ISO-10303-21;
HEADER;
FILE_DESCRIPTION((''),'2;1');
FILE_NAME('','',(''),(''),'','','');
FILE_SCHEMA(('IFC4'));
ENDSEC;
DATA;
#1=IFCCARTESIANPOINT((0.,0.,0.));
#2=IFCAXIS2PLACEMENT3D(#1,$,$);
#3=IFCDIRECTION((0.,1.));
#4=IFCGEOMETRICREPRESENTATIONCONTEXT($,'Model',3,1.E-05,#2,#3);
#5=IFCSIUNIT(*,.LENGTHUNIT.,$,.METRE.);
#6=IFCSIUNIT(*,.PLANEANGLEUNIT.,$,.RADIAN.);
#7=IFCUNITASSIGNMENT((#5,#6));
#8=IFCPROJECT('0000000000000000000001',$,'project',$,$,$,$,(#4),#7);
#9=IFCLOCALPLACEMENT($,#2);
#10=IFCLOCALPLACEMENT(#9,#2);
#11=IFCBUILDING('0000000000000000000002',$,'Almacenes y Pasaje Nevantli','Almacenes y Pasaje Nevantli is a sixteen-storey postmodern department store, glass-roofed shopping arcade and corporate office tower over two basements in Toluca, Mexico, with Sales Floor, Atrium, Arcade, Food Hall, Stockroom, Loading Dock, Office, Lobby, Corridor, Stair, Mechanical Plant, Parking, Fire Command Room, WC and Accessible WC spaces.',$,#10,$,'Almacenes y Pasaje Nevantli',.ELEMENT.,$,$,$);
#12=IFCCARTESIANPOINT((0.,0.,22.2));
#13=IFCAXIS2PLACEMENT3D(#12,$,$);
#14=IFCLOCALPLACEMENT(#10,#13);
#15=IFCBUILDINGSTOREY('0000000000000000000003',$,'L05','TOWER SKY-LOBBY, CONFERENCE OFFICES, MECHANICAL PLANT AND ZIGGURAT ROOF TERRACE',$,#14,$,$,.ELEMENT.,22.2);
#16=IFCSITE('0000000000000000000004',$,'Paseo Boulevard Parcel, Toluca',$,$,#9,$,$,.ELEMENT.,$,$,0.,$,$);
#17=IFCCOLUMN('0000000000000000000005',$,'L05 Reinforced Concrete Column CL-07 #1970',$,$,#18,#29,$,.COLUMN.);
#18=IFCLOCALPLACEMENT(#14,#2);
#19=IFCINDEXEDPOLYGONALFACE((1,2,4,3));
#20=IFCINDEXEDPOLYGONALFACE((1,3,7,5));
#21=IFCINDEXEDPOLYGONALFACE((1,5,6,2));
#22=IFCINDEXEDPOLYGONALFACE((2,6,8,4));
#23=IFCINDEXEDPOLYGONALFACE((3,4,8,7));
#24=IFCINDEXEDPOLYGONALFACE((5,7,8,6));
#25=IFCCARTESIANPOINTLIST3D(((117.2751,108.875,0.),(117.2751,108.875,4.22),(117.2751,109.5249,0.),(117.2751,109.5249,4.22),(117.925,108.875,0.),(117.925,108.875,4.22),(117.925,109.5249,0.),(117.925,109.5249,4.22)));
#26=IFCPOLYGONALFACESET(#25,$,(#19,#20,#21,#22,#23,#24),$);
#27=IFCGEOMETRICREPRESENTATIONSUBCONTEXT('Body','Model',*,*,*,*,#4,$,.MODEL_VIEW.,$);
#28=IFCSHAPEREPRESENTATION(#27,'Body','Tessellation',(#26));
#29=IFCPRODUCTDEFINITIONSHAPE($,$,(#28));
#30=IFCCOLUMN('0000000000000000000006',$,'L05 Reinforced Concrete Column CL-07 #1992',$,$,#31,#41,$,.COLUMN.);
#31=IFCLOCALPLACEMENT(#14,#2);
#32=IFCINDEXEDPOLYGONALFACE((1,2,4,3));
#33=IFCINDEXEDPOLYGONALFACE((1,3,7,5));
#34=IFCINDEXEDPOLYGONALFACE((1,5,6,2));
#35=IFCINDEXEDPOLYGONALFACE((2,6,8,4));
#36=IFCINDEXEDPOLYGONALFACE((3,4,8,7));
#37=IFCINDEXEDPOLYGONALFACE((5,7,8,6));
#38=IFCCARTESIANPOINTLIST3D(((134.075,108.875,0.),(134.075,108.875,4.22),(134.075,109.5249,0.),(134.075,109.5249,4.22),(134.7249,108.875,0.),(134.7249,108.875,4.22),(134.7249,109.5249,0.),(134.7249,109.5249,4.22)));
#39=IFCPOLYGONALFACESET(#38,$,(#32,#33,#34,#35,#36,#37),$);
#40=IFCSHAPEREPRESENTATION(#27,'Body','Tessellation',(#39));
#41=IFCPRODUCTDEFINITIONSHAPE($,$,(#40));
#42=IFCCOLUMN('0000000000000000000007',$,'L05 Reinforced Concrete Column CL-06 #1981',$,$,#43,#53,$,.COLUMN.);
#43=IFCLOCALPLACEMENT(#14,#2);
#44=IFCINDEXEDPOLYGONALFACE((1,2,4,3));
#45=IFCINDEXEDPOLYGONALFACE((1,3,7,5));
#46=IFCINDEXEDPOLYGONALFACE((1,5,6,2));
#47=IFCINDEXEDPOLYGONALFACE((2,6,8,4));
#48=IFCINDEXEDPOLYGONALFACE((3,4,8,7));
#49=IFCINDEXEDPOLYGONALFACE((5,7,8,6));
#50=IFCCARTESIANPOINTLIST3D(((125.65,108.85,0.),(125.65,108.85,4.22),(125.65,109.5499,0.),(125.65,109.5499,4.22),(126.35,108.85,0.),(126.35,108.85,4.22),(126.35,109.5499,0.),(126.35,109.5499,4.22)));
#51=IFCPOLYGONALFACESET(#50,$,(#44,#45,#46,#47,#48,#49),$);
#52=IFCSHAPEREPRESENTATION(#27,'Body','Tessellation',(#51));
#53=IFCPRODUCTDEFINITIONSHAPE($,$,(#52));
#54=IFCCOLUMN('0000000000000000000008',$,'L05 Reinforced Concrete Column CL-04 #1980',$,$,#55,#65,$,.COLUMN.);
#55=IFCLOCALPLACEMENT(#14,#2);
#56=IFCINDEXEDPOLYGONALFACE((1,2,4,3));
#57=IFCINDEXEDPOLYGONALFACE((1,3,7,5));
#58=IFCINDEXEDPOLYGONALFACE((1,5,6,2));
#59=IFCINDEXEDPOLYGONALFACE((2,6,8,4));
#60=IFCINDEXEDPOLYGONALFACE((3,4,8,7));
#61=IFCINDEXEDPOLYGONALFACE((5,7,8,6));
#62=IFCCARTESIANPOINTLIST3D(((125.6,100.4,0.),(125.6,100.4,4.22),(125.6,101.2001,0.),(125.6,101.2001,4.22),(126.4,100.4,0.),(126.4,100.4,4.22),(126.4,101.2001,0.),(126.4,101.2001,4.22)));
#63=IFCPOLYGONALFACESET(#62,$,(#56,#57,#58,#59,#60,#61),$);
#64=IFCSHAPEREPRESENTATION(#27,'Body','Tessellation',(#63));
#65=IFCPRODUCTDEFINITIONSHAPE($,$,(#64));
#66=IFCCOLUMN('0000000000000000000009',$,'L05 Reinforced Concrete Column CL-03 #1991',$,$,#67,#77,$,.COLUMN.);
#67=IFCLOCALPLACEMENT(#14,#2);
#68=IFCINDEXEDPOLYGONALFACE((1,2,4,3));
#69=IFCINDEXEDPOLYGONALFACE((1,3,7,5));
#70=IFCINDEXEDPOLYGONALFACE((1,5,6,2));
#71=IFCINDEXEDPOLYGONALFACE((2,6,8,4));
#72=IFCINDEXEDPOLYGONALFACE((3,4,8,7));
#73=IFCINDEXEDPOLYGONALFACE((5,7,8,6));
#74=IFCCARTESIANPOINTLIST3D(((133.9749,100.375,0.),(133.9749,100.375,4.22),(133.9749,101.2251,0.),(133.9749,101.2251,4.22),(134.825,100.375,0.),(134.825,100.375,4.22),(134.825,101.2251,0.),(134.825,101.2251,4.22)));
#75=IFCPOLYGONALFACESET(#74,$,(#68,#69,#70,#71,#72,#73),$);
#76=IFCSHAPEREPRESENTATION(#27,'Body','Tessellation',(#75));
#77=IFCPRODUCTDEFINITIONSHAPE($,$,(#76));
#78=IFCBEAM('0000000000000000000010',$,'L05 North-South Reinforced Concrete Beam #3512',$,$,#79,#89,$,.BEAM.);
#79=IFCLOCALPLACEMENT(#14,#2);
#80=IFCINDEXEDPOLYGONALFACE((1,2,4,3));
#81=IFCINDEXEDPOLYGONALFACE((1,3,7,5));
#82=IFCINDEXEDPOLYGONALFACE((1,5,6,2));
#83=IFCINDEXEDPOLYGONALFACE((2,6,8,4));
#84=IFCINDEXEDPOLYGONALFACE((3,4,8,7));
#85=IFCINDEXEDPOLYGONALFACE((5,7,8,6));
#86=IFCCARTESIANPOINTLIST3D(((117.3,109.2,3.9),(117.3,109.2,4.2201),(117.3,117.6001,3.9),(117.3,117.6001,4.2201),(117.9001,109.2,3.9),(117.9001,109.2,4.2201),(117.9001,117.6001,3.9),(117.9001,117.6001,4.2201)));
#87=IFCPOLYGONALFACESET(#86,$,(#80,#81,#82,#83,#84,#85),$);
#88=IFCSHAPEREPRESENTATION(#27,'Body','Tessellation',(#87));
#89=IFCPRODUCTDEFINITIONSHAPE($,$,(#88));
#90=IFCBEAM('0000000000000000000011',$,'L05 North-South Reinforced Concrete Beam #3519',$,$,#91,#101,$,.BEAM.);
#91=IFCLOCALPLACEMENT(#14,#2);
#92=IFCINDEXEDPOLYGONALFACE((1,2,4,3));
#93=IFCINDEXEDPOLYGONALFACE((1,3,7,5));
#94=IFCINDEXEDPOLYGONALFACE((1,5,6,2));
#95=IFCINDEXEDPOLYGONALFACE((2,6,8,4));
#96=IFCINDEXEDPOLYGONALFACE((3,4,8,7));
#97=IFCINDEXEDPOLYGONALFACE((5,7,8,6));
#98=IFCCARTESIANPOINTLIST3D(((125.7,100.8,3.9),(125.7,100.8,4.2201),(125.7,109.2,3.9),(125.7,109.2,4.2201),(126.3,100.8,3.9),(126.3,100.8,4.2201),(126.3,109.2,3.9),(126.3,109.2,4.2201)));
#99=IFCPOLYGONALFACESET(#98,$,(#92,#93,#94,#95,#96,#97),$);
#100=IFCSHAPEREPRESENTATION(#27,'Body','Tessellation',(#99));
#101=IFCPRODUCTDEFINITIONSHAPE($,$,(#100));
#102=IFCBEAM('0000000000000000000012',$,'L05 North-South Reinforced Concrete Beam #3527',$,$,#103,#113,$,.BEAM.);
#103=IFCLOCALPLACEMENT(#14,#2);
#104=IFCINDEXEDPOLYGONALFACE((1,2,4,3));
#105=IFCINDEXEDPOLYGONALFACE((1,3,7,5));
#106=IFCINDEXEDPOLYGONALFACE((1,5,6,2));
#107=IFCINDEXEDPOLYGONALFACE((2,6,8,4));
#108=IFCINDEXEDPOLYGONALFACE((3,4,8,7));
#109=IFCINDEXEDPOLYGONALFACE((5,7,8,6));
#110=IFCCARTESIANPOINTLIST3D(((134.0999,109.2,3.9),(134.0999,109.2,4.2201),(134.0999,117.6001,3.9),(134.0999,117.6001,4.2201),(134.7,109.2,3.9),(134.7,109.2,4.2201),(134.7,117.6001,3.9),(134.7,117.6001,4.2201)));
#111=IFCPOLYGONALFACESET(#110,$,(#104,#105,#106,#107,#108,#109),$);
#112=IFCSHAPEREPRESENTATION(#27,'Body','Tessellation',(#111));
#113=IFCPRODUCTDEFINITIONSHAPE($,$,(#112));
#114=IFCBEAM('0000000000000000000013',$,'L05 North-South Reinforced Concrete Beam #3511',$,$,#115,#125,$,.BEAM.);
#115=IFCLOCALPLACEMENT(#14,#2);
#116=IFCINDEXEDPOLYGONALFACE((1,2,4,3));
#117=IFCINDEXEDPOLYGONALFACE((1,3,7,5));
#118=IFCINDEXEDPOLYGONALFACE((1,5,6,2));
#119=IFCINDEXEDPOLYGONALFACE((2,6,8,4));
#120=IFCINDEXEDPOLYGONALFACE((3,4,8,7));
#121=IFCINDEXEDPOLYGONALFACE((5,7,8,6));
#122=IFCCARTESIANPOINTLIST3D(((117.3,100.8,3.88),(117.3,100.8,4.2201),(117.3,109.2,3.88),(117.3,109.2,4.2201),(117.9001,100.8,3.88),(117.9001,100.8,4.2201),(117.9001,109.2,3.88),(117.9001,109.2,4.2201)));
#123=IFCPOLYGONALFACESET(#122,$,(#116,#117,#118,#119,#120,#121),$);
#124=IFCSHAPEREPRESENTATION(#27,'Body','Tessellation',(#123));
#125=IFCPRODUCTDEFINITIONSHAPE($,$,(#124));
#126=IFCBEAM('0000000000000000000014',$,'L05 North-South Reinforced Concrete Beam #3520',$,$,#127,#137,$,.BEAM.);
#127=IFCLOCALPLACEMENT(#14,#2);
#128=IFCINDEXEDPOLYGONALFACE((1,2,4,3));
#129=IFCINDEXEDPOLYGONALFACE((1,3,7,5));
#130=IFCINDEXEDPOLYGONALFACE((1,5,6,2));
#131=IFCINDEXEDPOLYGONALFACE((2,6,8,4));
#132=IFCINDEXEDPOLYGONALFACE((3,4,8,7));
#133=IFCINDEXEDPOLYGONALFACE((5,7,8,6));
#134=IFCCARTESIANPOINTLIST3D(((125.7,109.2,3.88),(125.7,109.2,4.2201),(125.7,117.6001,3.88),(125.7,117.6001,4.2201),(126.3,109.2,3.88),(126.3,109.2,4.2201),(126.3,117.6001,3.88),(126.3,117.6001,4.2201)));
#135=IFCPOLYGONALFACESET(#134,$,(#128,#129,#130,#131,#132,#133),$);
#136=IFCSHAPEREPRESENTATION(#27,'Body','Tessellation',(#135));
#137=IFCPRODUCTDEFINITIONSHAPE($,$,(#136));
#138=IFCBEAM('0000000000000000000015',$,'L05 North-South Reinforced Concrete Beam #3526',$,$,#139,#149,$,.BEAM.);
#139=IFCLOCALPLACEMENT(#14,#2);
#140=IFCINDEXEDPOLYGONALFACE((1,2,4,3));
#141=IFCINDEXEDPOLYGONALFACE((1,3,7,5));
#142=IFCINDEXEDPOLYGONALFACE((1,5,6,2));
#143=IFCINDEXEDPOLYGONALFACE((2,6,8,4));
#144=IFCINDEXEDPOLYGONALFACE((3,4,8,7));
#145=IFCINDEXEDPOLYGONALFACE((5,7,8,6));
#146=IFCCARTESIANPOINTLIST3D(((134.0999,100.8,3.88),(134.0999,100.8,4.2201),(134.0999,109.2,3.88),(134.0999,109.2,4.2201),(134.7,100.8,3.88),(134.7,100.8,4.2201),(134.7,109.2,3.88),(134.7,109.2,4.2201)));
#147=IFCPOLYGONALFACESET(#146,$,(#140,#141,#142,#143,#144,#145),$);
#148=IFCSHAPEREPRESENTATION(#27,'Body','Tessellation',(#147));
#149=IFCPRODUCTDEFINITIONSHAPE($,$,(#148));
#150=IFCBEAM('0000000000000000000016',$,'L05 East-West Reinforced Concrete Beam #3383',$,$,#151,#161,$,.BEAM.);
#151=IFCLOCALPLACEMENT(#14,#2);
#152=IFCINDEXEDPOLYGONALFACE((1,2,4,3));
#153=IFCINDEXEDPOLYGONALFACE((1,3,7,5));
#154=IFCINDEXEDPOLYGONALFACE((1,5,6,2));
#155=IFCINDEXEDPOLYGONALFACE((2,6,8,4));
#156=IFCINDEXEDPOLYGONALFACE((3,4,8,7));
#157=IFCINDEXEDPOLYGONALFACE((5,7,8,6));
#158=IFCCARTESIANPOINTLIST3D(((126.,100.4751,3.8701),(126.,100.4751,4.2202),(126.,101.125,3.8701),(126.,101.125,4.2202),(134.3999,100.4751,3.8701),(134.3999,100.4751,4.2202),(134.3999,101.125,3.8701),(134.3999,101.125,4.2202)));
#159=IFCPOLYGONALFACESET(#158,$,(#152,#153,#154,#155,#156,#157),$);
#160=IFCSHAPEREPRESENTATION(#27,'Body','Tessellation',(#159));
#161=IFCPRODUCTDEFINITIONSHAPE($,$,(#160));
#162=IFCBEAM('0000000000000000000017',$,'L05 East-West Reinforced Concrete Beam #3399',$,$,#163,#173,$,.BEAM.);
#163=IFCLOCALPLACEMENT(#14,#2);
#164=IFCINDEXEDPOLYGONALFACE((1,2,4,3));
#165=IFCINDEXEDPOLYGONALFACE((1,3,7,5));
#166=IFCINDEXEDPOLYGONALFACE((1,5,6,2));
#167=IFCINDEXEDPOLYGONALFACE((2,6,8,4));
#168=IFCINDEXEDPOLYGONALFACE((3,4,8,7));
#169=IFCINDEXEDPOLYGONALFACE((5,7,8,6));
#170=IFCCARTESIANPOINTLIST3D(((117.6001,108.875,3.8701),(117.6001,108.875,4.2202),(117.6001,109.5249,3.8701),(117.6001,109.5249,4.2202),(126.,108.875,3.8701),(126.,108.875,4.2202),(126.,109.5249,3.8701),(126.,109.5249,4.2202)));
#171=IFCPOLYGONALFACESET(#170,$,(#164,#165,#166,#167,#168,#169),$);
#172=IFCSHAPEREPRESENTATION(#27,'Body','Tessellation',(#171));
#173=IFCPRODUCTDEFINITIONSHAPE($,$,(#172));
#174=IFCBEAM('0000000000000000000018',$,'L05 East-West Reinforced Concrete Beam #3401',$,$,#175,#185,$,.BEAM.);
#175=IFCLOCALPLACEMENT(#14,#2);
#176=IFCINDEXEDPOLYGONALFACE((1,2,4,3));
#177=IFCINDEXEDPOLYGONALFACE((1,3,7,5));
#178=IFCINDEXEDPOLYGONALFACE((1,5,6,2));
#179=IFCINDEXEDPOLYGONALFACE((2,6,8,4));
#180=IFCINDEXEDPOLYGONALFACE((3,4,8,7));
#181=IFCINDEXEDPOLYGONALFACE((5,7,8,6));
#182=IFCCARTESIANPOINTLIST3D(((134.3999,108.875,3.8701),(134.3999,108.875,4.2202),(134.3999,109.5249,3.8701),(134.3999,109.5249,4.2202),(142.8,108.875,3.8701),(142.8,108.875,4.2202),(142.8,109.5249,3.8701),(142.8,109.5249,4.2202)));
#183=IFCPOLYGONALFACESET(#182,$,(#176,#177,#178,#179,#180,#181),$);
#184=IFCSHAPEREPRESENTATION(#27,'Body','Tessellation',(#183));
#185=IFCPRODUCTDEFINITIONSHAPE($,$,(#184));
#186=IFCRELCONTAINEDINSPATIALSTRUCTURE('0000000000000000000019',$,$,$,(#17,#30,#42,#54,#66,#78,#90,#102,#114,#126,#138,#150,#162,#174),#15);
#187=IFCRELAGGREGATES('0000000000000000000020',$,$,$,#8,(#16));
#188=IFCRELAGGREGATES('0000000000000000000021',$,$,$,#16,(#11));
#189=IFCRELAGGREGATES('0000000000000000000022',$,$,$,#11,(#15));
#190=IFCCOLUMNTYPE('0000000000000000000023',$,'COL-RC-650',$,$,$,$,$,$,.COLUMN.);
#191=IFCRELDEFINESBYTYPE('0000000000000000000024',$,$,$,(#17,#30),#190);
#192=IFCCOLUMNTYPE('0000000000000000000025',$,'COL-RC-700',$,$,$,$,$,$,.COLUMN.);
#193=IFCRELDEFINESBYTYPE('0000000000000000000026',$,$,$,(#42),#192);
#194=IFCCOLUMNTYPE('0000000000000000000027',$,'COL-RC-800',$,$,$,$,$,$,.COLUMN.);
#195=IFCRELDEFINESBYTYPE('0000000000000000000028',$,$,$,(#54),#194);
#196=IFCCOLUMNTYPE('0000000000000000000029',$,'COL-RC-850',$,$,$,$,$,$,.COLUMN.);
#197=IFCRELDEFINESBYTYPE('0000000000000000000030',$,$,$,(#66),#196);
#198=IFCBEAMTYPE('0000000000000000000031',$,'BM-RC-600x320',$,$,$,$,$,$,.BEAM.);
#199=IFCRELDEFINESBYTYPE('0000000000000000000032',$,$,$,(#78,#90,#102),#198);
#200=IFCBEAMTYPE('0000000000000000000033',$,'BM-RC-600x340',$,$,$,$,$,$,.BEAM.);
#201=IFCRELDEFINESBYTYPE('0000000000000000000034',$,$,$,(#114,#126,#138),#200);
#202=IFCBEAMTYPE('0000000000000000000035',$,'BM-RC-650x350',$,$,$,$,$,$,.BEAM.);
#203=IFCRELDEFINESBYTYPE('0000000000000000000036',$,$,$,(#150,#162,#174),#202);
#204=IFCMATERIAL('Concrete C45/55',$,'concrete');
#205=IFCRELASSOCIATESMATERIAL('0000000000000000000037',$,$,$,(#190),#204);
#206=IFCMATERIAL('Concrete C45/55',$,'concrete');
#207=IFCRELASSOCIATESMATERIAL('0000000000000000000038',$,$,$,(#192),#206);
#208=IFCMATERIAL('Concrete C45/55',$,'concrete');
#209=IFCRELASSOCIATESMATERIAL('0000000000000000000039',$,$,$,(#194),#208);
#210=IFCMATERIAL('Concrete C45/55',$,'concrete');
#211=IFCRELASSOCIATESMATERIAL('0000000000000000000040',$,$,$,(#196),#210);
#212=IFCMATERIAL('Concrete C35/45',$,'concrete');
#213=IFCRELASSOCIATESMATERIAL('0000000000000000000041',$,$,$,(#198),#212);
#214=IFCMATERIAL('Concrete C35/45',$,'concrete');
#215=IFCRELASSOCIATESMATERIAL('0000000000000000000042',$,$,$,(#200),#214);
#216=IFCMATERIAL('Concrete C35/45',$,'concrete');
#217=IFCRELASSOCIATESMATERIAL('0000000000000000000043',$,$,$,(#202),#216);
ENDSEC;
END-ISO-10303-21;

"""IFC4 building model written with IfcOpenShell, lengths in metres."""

from ifc_helpers import new_model, si_unit, direction, frame, origin, origin_2d, place, context, subcontext, project, spatial, rectangle, extrude, material, material_profile, profile_set, type_object, element, save


model = new_model("IFC4")

# Units and contexts
model_context = context("Model", 3, precision=1e-05, world=origin(), true_north=direction((0.0, 1.0)))
body_context = subcontext(model_context, "Body", "Model", "MODEL_VIEW")
ifc_project = project(units=[si_unit("LENGTHUNIT", "METRE"), si_unit("PLANEANGLEUNIT", "RADIAN")], contexts=[model_context])

# Site, building, storey
site_placement = place(None, origin())
site = spatial("IfcSite", under=ifc_project, at=site_placement, Name="Paseo Boulevard Parcel, Toluca", CompositionType="ELEMENT", RefElevation=0.0)
building_placement = place(site_placement, origin())
building = spatial("IfcBuilding", under=site, at=building_placement, Name="Almacenes y Pasaje Nevantli", Description="Almacenes y Pasaje Nevantli is a sixteen-storey postmodern department store, glass-roofed shopping arcade and corporate office tower over two basements in Toluca, Mexico, with Sales Floor, Atrium, Arcade, Food Hall, Stockroom, Loading Dock, Office, Lobby, Corridor, Stair, Mechanical Plant, Parking, Fire Command Room, WC and Accessible WC spaces.", LongName="Almacenes y Pasaje Nevantli", CompositionType="ELEMENT")
storey_placement = place(building_placement, frame((0.0, 0.0, 22.2)))
storey = spatial("IfcBuildingStorey", under=building, at=storey_placement, Name="L05", Description="TOWER SKY-LOBBY, CONFERENCE OFFICES, MECHANICAL PLANT AND ZIGGURAT ROOF TERRACE", CompositionType="ELEMENT", Elevation=22.2)

# Columns
ifc_material_1 = material(Name="Concrete C45/55", Category="concrete")
ifc_material_profile_1 = material_profile(ifc_material_1, rectangle(XDim=0.6499, YDim=0.6499, at=origin_2d()), Name="RC-COL-650x650")
ifc_profile_set_1 = profile_set([ifc_material_profile_1], Name="Concrete C45/55")
column_type_1 = type_object("IfcColumnType", Name="COL-RC-650", PredefinedType="COLUMN", material=ifc_profile_set_1)
for number, where, z_axis, x_axis, name in (
    (1, (117.6001, 109.2, 0.0), (0.0, 0.0, 1.0), (1.0, 0.0, 0.0), "L05 Reinforced Concrete Column CL-07 #1970"),
    (2, (134.3999, 109.2, 0.0), (0.0, 0.0, 1.0), (1.0, 0.0, 0.0), "L05 Reinforced Concrete Column CL-07 #1992"),
):
    element("IfcColumn", number, at=place(storey_placement, frame(where, z_axis=z_axis, x_axis=x_axis)), inside=storey, type_object=column_type_1, Name=name, PredefinedType="COLUMN", context=body_context, shape_type="SweptSolid", body=[
        extrude(rectangle(XDim=0.6499, YDim=0.6499, at=origin_2d()), origin(), (0.0, 0.0, 1.0), 4.22),
    ])
ifc_material_2 = material(Name="Concrete C45/55", Category="concrete")
ifc_material_profile_2 = material_profile(ifc_material_2, rectangle(XDim=0.7, YDim=0.7, at=origin_2d()), Name="RC-COL-700x700")
ifc_profile_set_2 = profile_set([ifc_material_profile_2], Name="Concrete C45/55")
column_type_2 = type_object("IfcColumnType", Name="COL-RC-700", PredefinedType="COLUMN", material=ifc_profile_set_2)
column_1_placement = place(storey_placement, frame((126.0, 109.2, 0.0), z_axis=(0.0, 0.0, 1.0), x_axis=(1.0, 0.0, 0.0)))
element("IfcColumn", 3, at=column_1_placement, inside=storey, type_object=column_type_2, Name="L05 Reinforced Concrete Column CL-06 #1981", PredefinedType="COLUMN", context=body_context, shape_type="SweptSolid", body=[
    extrude(rectangle(XDim=0.7, YDim=0.7, at=origin_2d()), origin(), (0.0, 0.0, 1.0), 4.22),
])
ifc_material_3 = material(Name="Concrete C45/55", Category="concrete")
ifc_material_profile_3 = material_profile(ifc_material_3, rectangle(XDim=0.8, YDim=0.8, at=origin_2d()), Name="RC-COL-800x800")
ifc_profile_set_3 = profile_set([ifc_material_profile_3], Name="Concrete C45/55")
column_type_3 = type_object("IfcColumnType", Name="COL-RC-800", PredefinedType="COLUMN", material=ifc_profile_set_3)
column_2_placement = place(storey_placement, frame((126.0, 100.8, 0.0), z_axis=(0.0, 0.0, 1.0), x_axis=(1.0, 0.0, 0.0)))
element("IfcColumn", 4, at=column_2_placement, inside=storey, type_object=column_type_3, Name="L05 Reinforced Concrete Column CL-04 #1980", PredefinedType="COLUMN", context=body_context, shape_type="SweptSolid", body=[
    extrude(rectangle(XDim=0.8, YDim=0.8, at=origin_2d()), origin(), (0.0, 0.0, 1.0), 4.22),
])
ifc_material_4 = material(Name="Concrete C45/55", Category="concrete")
ifc_material_profile_4 = material_profile(ifc_material_4, rectangle(XDim=0.8501, YDim=0.8501, at=origin_2d()), Name="RC-COL-850x850")
ifc_profile_set_4 = profile_set([ifc_material_profile_4], Name="Concrete C45/55")
column_type_4 = type_object("IfcColumnType", Name="COL-RC-850", PredefinedType="COLUMN", material=ifc_profile_set_4)
column_3_placement = place(storey_placement, frame((134.3999, 100.8, 0.0), z_axis=(0.0, 0.0, 1.0), x_axis=(1.0, 0.0, 0.0)))
element("IfcColumn", 5, at=column_3_placement, inside=storey, type_object=column_type_4, Name="L05 Reinforced Concrete Column CL-03 #1991", PredefinedType="COLUMN", context=body_context, shape_type="SweptSolid", body=[
    extrude(rectangle(XDim=0.8501, YDim=0.8501, at=origin_2d()), origin(), (0.0, 0.0, 1.0), 4.22),
])

# Beams
ifc_material_5 = material(Name="Concrete C35/45", Category="concrete")
ifc_material_profile_5 = material_profile(ifc_material_5, rectangle(XDim=0.6001, YDim=0.3201, at=origin_2d()), Name="RC-BM-600x320")
ifc_profile_set_5 = profile_set([ifc_material_profile_5], Name="Concrete C35/45")
beam_type_1 = type_object("IfcBeamType", Name="BM-RC-600x320", PredefinedType="BEAM", material=ifc_profile_set_5)
beam_1_placement = place(storey_placement, frame((117.6001, 109.2, 4.0601), z_axis=(0.0, 1.0, 0.0), x_axis=(-1.0, 0.0, 0.0)))
element("IfcBeam", 6, at=beam_1_placement, inside=storey, type_object=beam_type_1, Name="L05 North-South Reinforced Concrete Beam #3512", PredefinedType="BEAM", context=body_context, shape_type="SweptSolid", body=[
    extrude(rectangle(XDim=0.6001, YDim=0.3201, at=origin_2d()), origin(), (0.0, 0.0, 1.0), 8.4001),
])
beam_2_placement = place(storey_placement, frame((126.0, 100.8, 4.0601), z_axis=(0.0, 1.0, 0.0), x_axis=(-1.0, 0.0, 0.0)))
element("IfcBeam", 7, at=beam_2_placement, inside=storey, type_object=beam_type_1, Name="L05 North-South Reinforced Concrete Beam #3519", PredefinedType="BEAM", context=body_context, shape_type="SweptSolid", body=[
    extrude(rectangle(XDim=0.6001, YDim=0.3201, at=origin_2d()), origin(), (0.0, 0.0, 1.0), 8.3999),
])
beam_3_placement = place(storey_placement, frame((134.3999, 109.2, 4.0601), z_axis=(0.0, 1.0, 0.0), x_axis=(-1.0, 0.0, 0.0)))
element("IfcBeam", 8, at=beam_3_placement, inside=storey, type_object=beam_type_1, Name="L05 North-South Reinforced Concrete Beam #3527", PredefinedType="BEAM", context=body_context, shape_type="SweptSolid", body=[
    extrude(rectangle(XDim=0.6001, YDim=0.3201, at=origin_2d()), origin(), (0.0, 0.0, 1.0), 8.4001),
])
ifc_material_6 = material(Name="Concrete C35/45", Category="concrete")
ifc_material_profile_6 = material_profile(ifc_material_6, rectangle(XDim=0.6001, YDim=0.3401, at=origin_2d()), Name="RC-BM-600x340")
ifc_profile_set_6 = profile_set([ifc_material_profile_6], Name="Concrete C35/45")
beam_type_2 = type_object("IfcBeamType", Name="BM-RC-600x340", PredefinedType="BEAM", material=ifc_profile_set_6)
beam_4_placement = place(storey_placement, frame((117.6001, 100.8, 4.05), z_axis=(0.0, 1.0, 0.0), x_axis=(-1.0, 0.0, 0.0)))
element("IfcBeam", 9, at=beam_4_placement, inside=storey, type_object=beam_type_2, Name="L05 North-South Reinforced Concrete Beam #3511", PredefinedType="BEAM", context=body_context, shape_type="SweptSolid", body=[
    extrude(rectangle(XDim=0.6001, YDim=0.3401, at=origin_2d()), origin(), (0.0, 0.0, 1.0), 8.3999),
])
beam_5_placement = place(storey_placement, frame((126.0, 109.2, 4.05), z_axis=(0.0, 1.0, 0.0), x_axis=(-1.0, 0.0, 0.0)))
element("IfcBeam", 10, at=beam_5_placement, inside=storey, type_object=beam_type_2, Name="L05 North-South Reinforced Concrete Beam #3520", PredefinedType="BEAM", context=body_context, shape_type="SweptSolid", body=[
    extrude(rectangle(XDim=0.6001, YDim=0.3401, at=origin_2d()), origin(), (0.0, 0.0, 1.0), 8.4001),
])
beam_6_placement = place(storey_placement, frame((134.3999, 100.8, 4.05), z_axis=(0.0, 1.0, 0.0), x_axis=(-1.0, 0.0, 0.0)))
element("IfcBeam", 11, at=beam_6_placement, inside=storey, type_object=beam_type_2, Name="L05 North-South Reinforced Concrete Beam #3526", PredefinedType="BEAM", context=body_context, shape_type="SweptSolid", body=[
    extrude(rectangle(XDim=0.6001, YDim=0.3401, at=origin_2d()), origin(), (0.0, 0.0, 1.0), 8.3999),
])
ifc_material_7 = material(Name="Concrete C35/45", Category="concrete")
ifc_material_profile_7 = material_profile(ifc_material_7, rectangle(XDim=0.6499, YDim=0.3501, at=origin_2d()), Name="RC-BM-650x350")
ifc_profile_set_7 = profile_set([ifc_material_profile_7], Name="Concrete C35/45")
beam_type_3 = type_object("IfcBeamType", Name="BM-RC-650x350", PredefinedType="BEAM", material=ifc_profile_set_7)
for number, where, z_axis, x_axis, name in (
    (12, (126.0, 100.8, 4.0452), (1.0, 0.0, 0.0), (0.0, 1.0, 0.0), "L05 East-West Reinforced Concrete Beam #3383"),
    (13, (117.6001, 109.2, 4.0452), (1.0, 0.0, 0.0), (0.0, 1.0, 0.0), "L05 East-West Reinforced Concrete Beam #3399"),
):
    element("IfcBeam", number, at=place(storey_placement, frame(where, z_axis=z_axis, x_axis=x_axis)), inside=storey, type_object=beam_type_3, Name=name, PredefinedType="BEAM", context=body_context, shape_type="SweptSolid", body=[
        extrude(rectangle(XDim=0.6499, YDim=0.3501, at=origin_2d()), origin(), (0.0, 0.0, 1.0), 8.3999),
    ])
beam_7_placement = place(storey_placement, frame((134.3999, 109.2, 4.0452), z_axis=(1.0, 0.0, 0.0), x_axis=(0.0, 1.0, 0.0)))
element("IfcBeam", 14, at=beam_7_placement, inside=storey, type_object=beam_type_3, Name="L05 East-West Reinforced Concrete Beam #3401", PredefinedType="BEAM", context=body_context, shape_type="SweptSolid", body=[
    extrude(rectangle(XDim=0.6499, YDim=0.3501, at=origin_2d()), origin(), (0.0, 0.0, 1.0), 8.4001),
])

save(model, "model.ifc")
